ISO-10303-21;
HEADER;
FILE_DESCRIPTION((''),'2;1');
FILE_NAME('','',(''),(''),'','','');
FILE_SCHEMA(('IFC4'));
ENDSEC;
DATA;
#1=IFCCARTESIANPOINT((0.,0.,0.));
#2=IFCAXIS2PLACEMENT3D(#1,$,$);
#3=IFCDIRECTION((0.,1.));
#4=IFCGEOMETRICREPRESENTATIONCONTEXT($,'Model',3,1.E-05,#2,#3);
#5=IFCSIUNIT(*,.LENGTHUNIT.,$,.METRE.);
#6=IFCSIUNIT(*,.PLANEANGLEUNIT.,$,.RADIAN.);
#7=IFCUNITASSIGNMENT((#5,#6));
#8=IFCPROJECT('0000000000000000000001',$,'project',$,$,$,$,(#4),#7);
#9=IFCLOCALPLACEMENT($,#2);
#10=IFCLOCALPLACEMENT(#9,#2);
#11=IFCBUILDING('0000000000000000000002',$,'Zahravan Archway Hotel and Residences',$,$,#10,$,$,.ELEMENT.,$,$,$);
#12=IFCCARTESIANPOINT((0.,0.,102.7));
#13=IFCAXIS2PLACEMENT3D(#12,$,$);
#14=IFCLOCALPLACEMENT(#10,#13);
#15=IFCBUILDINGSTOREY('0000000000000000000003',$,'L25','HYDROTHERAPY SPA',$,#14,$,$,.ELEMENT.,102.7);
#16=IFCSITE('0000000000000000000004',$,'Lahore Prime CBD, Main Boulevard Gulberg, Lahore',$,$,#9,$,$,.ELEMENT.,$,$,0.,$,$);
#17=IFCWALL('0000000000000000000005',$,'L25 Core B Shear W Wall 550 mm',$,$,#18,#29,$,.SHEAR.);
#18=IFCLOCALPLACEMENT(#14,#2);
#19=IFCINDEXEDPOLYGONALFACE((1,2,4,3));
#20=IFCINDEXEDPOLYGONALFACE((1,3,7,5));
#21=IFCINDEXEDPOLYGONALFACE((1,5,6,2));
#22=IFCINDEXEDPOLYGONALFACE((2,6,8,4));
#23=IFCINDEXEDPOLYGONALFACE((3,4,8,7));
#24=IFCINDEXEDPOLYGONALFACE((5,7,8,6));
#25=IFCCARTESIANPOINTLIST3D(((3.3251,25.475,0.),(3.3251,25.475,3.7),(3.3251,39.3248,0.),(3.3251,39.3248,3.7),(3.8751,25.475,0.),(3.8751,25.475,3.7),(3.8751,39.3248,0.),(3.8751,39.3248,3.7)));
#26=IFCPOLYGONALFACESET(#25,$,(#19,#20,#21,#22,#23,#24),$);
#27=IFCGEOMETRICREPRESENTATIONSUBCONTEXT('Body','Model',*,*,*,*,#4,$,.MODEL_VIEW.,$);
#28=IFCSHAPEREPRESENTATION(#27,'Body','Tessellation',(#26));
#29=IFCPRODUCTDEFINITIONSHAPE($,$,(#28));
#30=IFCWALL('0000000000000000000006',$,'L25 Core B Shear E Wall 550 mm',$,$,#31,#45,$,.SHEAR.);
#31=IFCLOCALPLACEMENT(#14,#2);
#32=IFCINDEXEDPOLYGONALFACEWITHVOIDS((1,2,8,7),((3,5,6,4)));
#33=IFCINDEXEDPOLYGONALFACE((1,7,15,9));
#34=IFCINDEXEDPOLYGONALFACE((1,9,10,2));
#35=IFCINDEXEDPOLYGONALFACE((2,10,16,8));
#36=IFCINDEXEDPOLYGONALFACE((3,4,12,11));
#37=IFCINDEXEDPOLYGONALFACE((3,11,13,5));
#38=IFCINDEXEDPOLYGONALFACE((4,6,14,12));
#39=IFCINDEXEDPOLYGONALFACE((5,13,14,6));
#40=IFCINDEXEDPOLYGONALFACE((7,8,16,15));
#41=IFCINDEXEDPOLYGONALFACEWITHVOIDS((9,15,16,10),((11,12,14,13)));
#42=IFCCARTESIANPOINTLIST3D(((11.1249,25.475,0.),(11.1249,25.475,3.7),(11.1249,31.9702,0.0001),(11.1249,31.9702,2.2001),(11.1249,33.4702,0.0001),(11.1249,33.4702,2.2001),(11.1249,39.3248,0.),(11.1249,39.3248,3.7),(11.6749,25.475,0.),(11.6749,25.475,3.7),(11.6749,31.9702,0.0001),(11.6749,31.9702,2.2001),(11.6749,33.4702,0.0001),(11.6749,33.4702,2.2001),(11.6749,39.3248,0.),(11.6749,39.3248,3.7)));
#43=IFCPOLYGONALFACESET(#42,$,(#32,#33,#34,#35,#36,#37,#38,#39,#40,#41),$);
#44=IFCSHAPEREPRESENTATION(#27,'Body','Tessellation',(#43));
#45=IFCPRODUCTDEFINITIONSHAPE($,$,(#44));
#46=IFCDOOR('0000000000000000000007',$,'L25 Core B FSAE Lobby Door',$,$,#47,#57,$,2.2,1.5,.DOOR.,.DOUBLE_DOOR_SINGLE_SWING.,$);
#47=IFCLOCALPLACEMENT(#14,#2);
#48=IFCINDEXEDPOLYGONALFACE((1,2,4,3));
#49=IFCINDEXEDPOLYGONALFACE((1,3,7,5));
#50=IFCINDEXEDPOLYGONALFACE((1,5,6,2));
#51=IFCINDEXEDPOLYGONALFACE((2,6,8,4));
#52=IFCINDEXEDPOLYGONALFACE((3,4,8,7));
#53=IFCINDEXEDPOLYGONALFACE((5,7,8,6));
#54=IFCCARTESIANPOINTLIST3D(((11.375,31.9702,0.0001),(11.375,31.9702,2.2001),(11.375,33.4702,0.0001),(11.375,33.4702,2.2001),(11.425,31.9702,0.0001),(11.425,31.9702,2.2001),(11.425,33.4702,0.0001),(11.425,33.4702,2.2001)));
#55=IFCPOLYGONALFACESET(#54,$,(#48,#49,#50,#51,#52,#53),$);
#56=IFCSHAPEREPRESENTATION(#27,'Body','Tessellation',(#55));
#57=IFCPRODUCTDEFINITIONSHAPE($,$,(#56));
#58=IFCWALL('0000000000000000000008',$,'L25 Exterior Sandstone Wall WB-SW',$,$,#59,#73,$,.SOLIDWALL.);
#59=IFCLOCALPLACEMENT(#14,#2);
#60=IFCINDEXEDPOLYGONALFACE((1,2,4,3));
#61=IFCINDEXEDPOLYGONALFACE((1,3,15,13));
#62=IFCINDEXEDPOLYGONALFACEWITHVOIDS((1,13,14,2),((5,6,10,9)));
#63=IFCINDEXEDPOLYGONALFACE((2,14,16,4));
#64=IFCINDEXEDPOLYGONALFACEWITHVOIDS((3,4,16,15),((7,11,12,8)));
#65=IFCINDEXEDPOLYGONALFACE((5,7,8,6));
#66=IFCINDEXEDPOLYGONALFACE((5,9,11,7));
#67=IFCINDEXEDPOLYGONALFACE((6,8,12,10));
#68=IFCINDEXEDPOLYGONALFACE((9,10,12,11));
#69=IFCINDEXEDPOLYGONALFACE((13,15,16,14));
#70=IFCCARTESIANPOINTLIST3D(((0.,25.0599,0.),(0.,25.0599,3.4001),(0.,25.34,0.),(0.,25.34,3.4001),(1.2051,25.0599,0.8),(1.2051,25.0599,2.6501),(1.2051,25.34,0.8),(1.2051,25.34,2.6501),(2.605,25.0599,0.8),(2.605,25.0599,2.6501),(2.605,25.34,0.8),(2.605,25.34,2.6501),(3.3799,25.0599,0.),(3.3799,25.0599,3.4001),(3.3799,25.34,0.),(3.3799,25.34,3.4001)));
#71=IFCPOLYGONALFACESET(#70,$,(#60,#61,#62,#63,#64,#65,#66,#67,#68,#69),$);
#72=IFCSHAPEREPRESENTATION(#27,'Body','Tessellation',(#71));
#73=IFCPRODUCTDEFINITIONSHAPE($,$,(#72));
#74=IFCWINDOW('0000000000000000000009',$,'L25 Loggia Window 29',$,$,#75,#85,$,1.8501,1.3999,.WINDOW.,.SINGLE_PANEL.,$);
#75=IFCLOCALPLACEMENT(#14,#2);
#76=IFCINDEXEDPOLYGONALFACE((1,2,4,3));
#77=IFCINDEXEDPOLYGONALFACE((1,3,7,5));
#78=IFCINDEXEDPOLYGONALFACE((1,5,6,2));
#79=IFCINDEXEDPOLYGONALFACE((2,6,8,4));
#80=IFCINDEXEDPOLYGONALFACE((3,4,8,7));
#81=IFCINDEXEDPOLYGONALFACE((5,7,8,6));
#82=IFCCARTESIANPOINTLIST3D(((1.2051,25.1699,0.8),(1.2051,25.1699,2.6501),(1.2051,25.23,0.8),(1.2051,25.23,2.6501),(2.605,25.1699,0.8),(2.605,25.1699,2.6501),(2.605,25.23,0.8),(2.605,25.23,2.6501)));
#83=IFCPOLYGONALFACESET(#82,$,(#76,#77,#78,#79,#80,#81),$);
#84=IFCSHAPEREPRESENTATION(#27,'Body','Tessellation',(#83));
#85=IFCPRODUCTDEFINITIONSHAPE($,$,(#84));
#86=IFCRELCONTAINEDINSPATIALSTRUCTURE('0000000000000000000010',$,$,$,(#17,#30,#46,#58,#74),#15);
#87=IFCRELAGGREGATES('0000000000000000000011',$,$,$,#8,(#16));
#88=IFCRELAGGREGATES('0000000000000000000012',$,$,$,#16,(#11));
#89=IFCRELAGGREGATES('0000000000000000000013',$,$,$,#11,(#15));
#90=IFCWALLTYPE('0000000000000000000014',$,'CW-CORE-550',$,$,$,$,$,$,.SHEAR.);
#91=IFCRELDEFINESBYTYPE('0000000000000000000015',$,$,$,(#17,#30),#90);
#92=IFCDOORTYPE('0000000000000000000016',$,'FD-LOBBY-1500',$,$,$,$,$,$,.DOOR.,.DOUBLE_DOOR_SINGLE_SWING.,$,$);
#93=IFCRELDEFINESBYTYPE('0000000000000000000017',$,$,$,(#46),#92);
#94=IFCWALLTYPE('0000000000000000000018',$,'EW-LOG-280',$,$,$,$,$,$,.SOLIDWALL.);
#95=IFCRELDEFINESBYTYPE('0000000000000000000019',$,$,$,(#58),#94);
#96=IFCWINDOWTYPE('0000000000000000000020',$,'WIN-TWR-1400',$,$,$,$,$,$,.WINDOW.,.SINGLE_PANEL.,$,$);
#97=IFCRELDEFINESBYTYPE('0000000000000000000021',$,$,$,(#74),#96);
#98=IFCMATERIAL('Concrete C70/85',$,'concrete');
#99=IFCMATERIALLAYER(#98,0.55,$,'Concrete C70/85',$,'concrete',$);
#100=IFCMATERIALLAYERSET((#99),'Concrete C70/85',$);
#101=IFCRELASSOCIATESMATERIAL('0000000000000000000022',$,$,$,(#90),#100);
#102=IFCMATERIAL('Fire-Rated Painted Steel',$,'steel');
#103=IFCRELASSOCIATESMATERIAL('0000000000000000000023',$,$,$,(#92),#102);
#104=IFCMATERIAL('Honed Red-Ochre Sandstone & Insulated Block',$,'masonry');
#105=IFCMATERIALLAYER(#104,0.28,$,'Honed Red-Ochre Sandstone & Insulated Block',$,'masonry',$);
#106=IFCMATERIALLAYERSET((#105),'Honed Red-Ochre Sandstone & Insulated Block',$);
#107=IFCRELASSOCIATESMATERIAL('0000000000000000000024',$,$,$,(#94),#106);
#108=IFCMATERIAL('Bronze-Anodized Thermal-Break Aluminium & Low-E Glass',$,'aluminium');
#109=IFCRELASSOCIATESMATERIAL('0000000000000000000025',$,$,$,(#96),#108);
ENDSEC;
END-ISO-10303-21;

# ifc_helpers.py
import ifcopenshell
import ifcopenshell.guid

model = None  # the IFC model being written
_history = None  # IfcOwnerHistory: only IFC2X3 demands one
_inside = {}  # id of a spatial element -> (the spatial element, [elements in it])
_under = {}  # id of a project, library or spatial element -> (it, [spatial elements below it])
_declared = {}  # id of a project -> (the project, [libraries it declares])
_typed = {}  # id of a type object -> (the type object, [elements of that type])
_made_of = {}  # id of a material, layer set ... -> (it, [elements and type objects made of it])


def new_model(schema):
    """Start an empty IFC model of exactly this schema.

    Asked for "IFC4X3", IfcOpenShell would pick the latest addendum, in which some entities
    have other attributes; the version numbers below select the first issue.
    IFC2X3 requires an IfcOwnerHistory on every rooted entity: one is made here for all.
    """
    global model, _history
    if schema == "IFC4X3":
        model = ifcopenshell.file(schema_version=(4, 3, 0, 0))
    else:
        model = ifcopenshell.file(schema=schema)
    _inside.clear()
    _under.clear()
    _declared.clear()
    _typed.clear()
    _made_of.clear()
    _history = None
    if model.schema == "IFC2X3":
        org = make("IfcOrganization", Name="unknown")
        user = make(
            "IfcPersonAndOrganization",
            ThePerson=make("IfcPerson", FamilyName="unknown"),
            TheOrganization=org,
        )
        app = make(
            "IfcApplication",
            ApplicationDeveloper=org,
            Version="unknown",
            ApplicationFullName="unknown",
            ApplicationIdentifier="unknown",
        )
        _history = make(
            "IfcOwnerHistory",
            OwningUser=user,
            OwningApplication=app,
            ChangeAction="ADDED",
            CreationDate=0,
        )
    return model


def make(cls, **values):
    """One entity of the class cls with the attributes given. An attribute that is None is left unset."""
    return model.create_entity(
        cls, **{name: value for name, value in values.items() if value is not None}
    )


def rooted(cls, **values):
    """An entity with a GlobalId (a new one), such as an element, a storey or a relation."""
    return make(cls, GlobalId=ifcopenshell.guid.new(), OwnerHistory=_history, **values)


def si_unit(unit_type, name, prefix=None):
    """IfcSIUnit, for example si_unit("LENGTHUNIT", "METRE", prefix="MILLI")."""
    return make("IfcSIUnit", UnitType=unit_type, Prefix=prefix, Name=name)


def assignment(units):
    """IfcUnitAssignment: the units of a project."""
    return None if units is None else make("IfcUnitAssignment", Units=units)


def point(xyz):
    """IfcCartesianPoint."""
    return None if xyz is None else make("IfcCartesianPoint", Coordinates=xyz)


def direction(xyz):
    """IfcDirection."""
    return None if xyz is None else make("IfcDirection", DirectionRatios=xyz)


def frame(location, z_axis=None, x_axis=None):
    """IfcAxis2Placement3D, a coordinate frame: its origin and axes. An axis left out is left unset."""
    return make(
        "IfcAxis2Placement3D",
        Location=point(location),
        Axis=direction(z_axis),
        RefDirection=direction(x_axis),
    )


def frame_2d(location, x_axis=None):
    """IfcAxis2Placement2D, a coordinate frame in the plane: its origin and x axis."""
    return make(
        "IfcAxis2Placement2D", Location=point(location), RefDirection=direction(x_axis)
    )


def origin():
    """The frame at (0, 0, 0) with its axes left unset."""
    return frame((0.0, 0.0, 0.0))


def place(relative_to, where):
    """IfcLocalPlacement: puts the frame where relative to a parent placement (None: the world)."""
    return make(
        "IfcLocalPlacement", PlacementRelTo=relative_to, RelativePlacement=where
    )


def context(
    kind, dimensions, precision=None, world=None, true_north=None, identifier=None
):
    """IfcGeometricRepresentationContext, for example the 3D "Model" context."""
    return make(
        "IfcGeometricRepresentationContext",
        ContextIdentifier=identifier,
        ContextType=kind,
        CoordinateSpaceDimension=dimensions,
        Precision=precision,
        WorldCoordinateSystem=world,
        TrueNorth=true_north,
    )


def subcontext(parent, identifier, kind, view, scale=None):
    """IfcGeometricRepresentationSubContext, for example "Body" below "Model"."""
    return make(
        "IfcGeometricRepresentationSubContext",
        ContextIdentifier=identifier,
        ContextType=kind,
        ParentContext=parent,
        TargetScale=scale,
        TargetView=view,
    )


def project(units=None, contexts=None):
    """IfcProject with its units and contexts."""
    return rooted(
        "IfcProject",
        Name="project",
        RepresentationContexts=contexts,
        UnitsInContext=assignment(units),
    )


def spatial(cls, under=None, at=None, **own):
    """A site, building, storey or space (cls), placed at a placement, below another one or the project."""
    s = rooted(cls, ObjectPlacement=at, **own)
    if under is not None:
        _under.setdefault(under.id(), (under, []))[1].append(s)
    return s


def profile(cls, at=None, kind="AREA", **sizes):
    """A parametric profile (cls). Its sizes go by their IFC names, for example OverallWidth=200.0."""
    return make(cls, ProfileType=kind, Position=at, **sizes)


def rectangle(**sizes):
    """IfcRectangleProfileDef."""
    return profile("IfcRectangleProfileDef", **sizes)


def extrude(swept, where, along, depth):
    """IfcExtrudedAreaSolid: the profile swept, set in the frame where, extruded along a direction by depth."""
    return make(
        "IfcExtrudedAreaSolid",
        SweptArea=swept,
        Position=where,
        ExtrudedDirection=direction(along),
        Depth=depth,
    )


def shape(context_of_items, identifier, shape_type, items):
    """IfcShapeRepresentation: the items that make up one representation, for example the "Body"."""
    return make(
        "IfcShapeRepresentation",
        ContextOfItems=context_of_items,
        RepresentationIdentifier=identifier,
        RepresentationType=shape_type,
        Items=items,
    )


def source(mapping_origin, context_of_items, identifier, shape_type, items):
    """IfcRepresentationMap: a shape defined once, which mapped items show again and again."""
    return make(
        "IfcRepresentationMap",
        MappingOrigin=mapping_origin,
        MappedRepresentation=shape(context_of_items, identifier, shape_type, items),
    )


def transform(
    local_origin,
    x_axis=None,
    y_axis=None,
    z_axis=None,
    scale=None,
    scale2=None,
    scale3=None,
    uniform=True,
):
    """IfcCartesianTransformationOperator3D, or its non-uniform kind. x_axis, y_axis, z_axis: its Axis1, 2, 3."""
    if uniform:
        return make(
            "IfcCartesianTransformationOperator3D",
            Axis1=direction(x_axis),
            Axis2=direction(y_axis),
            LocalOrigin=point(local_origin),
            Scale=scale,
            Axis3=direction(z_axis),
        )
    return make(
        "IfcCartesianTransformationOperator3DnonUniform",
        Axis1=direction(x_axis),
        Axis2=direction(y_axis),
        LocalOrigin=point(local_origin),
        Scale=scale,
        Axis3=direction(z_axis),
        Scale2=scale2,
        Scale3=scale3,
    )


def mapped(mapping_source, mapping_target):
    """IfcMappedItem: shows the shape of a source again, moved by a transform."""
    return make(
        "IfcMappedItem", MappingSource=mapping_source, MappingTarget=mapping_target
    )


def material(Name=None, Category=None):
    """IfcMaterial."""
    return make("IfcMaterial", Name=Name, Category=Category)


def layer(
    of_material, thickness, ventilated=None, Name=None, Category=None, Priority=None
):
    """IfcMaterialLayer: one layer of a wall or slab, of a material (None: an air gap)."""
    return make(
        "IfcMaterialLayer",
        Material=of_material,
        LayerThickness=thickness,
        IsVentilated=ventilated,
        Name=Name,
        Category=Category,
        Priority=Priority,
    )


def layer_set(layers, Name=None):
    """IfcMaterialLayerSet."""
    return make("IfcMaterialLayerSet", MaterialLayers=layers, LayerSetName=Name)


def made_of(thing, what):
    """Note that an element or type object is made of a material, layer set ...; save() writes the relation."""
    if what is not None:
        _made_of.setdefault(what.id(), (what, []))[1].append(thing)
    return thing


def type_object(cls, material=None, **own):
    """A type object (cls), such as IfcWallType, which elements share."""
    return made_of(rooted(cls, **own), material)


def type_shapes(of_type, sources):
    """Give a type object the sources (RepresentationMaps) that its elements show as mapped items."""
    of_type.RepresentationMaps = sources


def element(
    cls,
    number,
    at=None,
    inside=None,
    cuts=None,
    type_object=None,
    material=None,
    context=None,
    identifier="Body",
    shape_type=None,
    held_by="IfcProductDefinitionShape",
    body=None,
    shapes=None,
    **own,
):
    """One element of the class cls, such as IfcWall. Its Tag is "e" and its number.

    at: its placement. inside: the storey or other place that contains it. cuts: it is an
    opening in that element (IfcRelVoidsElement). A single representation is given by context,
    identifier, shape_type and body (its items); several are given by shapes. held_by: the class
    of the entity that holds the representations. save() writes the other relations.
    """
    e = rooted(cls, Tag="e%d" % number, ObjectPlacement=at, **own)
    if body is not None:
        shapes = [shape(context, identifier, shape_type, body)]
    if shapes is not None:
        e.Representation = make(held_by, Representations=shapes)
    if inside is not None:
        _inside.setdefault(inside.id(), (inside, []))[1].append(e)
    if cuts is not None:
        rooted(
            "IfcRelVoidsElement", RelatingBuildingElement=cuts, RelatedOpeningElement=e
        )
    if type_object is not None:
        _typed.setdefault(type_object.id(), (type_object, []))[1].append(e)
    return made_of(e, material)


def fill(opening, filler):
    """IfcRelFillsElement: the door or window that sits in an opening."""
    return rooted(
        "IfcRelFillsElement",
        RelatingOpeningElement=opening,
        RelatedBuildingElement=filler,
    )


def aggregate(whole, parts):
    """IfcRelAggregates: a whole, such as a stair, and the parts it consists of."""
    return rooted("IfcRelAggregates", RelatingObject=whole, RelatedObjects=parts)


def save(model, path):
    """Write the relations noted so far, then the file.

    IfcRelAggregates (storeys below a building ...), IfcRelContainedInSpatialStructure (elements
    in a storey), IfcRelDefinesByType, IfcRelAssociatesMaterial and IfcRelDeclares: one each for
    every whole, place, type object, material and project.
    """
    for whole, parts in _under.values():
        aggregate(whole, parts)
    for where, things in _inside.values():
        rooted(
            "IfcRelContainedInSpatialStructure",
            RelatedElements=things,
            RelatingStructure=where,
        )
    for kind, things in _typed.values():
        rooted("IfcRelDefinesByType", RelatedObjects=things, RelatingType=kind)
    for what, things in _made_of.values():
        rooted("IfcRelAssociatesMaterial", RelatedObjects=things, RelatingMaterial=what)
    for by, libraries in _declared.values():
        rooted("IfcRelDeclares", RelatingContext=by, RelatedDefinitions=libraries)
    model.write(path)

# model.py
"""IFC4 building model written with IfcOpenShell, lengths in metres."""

from ifc_helpers import new_model, si_unit, direction, frame, frame_2d, origin, place, context, subcontext, project, spatial, rectangle, extrude, source, transform, mapped, material, layer, layer_set, type_object, type_shapes, element, fill, save


model = new_model("IFC4")

# Units and contexts
model_context = context("Model", 3, precision=1e-05, world=origin(), true_north=direction((0.0, 1.0)))
body_context = subcontext(model_context, "Body", "Model", "MODEL_VIEW")
ifc_project = project(units=[si_unit("LENGTHUNIT", "METRE"), si_unit("PLANEANGLEUNIT", "RADIAN")], contexts=[model_context])

# Site, building, storey
site_placement = place(None, origin())
site = spatial("IfcSite", under=ifc_project, at=site_placement, Name="Lahore Prime CBD, Main Boulevard Gulberg, Lahore", CompositionType="ELEMENT", RefElevation=0.0)
building_placement = place(site_placement, origin())
building = spatial("IfcBuilding", under=site, at=building_placement, Name="Zahravan Archway Hotel and Residences", CompositionType="ELEMENT")
storey_placement = place(building_placement, frame((0.0, 0.0, 102.7)))
storey = spatial("IfcBuildingStorey", under=building, at=storey_placement, Name="L25", Description="HYDROTHERAPY SPA", CompositionType="ELEMENT", Elevation=102.7)

# Shared definitions
ifc_material_1 = material(Name="Concrete C70/85", Category="concrete")

# Wall
ifc_layer_1 = layer(ifc_material_1, 0.55, Name="Concrete C70/85", Category="concrete")
ifc_layer_set_1 = layer_set([ifc_layer_1], Name="Concrete C70/85")
wall_type_1 = type_object("IfcWallType", Name="CW-CORE-550", PredefinedType="SHEAR", material=ifc_layer_set_1)
wall_1_placement = place(storey_placement, frame((3.6001, 25.4751, 0.0), z_axis=(0.0, 0.0, 1.0), x_axis=(0.0, 1.0, 0.0)))
element("IfcWall", 1, at=wall_1_placement, inside=storey, type_object=wall_type_1, Name="L25 Core B Shear W Wall 550 mm", PredefinedType="SHEAR", context=body_context, shape_type="SweptSolid", body=[
    extrude(rectangle(XDim=13.8499, YDim=0.55, at=frame_2d((6.9248, 0.0))), origin(), (0.0, 0.0, 1.0), 3.7),
])

# Wall, opening, door
wall_2_placement = place(storey_placement, frame((11.3999, 25.4751, 0.0), z_axis=(0.0, 0.0, 1.0), x_axis=(0.0, 1.0, 0.0)))
wall_2 = element("IfcWall", 2, at=wall_2_placement, inside=storey, type_object=wall_type_1, Name="L25 Core B Shear E Wall 550 mm", PredefinedType="SHEAR", context=body_context, shape_type="SweptSolid", body=[
    extrude(rectangle(XDim=13.8499, YDim=0.55, at=frame_2d((6.9248, 0.0))), origin(), (0.0, 0.0, 1.0), 3.7),
])
opening_1_placement = place(wall_2_placement, frame((6.4951, 0.0, 0.0)))
opening_1 = element("IfcOpeningElement", 3, at=opening_1_placement, cuts=wall_2, PredefinedType="OPENING", context=body_context, shape_type="SweptSolid", body=[
    extrude(rectangle(XDim=1.5, YDim=2.2, at=frame_2d((0.75, 1.1001))), frame((0.0, 0.2852, 0.0), z_axis=(0.0, -1.0, 0.0), x_axis=(1.0, 0.0, 0.0)), (0.0, 0.0, 1.0), 0.5701),
])
ifc_material_2 = material(Name="Fire-Rated Painted Steel", Category="steel")
door_type_1 = type_object("IfcDoorType", Name="FD-LOBBY-1500", OperationType="DOUBLE_DOOR_SINGLE_SWING", PredefinedType="DOOR", material=ifc_material_2)
shared_shape_1 = source(origin(), body_context, "Body", "SweptSolid", [
    extrude(rectangle(XDim=1.5, YDim=2.2, at=frame_2d((0.75, 1.1001))), frame((0.0, 0.0249, 0.0), z_axis=(0.0, -1.0, 0.0), x_axis=(1.0, 0.0, 0.0)), (0.0, 0.0, 1.0), 0.05),
])
type_shapes(door_type_1, [shared_shape_1])
door_1_placement = place(opening_1_placement, origin())
door_1 = element("IfcDoor", 4, at=door_1_placement, inside=storey, type_object=door_type_1, Name="L25 Core B FSAE Lobby Door", OperationType="DOUBLE_DOOR_SINGLE_SWING", OverallHeight=2.2, OverallWidth=1.5, PredefinedType="DOOR", context=body_context, shape_type="MappedRepresentation", body=[
    mapped(shared_shape_1, transform((0.0, 0.0, 0.0), scale=1.0)),
])
fill(opening_1, door_1)

# Wall, opening, window
ifc_material_3 = material(Name="Honed Red-Ochre Sandstone & Insulated Block", Category="masonry")
ifc_layer_2 = layer(ifc_material_3, 0.28, Name="Honed Red-Ochre Sandstone & Insulated Block", Category="masonry")
ifc_layer_set_2 = layer_set([ifc_layer_2], Name="Honed Red-Ochre Sandstone & Insulated Block")
wall_type_2 = type_object("IfcWallType", Name="EW-LOG-280", PredefinedType="SOLIDWALL", material=ifc_layer_set_2)
wall_3_placement = place(storey_placement, frame((0.0, 25.2, 0.0), z_axis=(0.0, 0.0, 1.0), x_axis=(1.0, 0.0, 0.0)))
wall_3 = element("IfcWall", 5, at=wall_3_placement, inside=storey, type_object=wall_type_2, Name="L25 Exterior Sandstone Wall WB-SW", PredefinedType="SOLIDWALL", context=body_context, shape_type="SweptSolid", body=[
    extrude(rectangle(XDim=3.3799, YDim=0.28, at=frame_2d((1.6899, 0.0))), origin(), (0.0, 0.0, 1.0), 3.4001),
])
opening_2_placement = place(wall_3_placement, frame((1.2051, 0.0, 0.8)))
opening_2 = element("IfcOpeningElement", 6, at=opening_2_placement, cuts=wall_3, PredefinedType="OPENING", context=body_context, shape_type="SweptSolid", body=[
    extrude(rectangle(XDim=1.3999, YDim=1.8501, at=frame_2d((0.7, 0.925))), frame((0.0, 0.1499, 0.0), z_axis=(0.0, -1.0, 0.0), x_axis=(1.0, 0.0, 0.0)), (0.0, 0.0, 1.0), 0.3),
])
ifc_material_4 = material(Name="Bronze-Anodized Thermal-Break Aluminium & Low-E Glass", Category="aluminium")
window_type_1 = type_object("IfcWindowType", Name="WIN-TWR-1400", PartitioningType="SINGLE_PANEL", PredefinedType="WINDOW", material=ifc_material_4)
shared_shape_2 = source(origin(), body_context, "Body", "SweptSolid", [
    extrude(rectangle(XDim=1.3999, YDim=1.8501, at=frame_2d((0.7, 0.925))), frame((0.0, 0.03, 0.0), z_axis=(0.0, -1.0, 0.0), x_axis=(1.0, 0.0, 0.0)), (0.0, 0.0, 1.0), 0.0601),
])
type_shapes(window_type_1, [shared_shape_2])
window_1_placement = place(opening_2_placement, origin())
window_1 = element("IfcWindow", 7, at=window_1_placement, inside=storey, type_object=window_type_1, Name="L25 Loggia Window 29", OverallHeight=1.8501, OverallWidth=1.3999, PartitioningType="SINGLE_PANEL", PredefinedType="WINDOW", context=body_context, shape_type="MappedRepresentation", body=[
    mapped(shared_shape_2, transform((0.0, 0.0, 0.0), scale=1.0)),
])
fill(opening_2, window_1)

save(model, "model.ifc")
